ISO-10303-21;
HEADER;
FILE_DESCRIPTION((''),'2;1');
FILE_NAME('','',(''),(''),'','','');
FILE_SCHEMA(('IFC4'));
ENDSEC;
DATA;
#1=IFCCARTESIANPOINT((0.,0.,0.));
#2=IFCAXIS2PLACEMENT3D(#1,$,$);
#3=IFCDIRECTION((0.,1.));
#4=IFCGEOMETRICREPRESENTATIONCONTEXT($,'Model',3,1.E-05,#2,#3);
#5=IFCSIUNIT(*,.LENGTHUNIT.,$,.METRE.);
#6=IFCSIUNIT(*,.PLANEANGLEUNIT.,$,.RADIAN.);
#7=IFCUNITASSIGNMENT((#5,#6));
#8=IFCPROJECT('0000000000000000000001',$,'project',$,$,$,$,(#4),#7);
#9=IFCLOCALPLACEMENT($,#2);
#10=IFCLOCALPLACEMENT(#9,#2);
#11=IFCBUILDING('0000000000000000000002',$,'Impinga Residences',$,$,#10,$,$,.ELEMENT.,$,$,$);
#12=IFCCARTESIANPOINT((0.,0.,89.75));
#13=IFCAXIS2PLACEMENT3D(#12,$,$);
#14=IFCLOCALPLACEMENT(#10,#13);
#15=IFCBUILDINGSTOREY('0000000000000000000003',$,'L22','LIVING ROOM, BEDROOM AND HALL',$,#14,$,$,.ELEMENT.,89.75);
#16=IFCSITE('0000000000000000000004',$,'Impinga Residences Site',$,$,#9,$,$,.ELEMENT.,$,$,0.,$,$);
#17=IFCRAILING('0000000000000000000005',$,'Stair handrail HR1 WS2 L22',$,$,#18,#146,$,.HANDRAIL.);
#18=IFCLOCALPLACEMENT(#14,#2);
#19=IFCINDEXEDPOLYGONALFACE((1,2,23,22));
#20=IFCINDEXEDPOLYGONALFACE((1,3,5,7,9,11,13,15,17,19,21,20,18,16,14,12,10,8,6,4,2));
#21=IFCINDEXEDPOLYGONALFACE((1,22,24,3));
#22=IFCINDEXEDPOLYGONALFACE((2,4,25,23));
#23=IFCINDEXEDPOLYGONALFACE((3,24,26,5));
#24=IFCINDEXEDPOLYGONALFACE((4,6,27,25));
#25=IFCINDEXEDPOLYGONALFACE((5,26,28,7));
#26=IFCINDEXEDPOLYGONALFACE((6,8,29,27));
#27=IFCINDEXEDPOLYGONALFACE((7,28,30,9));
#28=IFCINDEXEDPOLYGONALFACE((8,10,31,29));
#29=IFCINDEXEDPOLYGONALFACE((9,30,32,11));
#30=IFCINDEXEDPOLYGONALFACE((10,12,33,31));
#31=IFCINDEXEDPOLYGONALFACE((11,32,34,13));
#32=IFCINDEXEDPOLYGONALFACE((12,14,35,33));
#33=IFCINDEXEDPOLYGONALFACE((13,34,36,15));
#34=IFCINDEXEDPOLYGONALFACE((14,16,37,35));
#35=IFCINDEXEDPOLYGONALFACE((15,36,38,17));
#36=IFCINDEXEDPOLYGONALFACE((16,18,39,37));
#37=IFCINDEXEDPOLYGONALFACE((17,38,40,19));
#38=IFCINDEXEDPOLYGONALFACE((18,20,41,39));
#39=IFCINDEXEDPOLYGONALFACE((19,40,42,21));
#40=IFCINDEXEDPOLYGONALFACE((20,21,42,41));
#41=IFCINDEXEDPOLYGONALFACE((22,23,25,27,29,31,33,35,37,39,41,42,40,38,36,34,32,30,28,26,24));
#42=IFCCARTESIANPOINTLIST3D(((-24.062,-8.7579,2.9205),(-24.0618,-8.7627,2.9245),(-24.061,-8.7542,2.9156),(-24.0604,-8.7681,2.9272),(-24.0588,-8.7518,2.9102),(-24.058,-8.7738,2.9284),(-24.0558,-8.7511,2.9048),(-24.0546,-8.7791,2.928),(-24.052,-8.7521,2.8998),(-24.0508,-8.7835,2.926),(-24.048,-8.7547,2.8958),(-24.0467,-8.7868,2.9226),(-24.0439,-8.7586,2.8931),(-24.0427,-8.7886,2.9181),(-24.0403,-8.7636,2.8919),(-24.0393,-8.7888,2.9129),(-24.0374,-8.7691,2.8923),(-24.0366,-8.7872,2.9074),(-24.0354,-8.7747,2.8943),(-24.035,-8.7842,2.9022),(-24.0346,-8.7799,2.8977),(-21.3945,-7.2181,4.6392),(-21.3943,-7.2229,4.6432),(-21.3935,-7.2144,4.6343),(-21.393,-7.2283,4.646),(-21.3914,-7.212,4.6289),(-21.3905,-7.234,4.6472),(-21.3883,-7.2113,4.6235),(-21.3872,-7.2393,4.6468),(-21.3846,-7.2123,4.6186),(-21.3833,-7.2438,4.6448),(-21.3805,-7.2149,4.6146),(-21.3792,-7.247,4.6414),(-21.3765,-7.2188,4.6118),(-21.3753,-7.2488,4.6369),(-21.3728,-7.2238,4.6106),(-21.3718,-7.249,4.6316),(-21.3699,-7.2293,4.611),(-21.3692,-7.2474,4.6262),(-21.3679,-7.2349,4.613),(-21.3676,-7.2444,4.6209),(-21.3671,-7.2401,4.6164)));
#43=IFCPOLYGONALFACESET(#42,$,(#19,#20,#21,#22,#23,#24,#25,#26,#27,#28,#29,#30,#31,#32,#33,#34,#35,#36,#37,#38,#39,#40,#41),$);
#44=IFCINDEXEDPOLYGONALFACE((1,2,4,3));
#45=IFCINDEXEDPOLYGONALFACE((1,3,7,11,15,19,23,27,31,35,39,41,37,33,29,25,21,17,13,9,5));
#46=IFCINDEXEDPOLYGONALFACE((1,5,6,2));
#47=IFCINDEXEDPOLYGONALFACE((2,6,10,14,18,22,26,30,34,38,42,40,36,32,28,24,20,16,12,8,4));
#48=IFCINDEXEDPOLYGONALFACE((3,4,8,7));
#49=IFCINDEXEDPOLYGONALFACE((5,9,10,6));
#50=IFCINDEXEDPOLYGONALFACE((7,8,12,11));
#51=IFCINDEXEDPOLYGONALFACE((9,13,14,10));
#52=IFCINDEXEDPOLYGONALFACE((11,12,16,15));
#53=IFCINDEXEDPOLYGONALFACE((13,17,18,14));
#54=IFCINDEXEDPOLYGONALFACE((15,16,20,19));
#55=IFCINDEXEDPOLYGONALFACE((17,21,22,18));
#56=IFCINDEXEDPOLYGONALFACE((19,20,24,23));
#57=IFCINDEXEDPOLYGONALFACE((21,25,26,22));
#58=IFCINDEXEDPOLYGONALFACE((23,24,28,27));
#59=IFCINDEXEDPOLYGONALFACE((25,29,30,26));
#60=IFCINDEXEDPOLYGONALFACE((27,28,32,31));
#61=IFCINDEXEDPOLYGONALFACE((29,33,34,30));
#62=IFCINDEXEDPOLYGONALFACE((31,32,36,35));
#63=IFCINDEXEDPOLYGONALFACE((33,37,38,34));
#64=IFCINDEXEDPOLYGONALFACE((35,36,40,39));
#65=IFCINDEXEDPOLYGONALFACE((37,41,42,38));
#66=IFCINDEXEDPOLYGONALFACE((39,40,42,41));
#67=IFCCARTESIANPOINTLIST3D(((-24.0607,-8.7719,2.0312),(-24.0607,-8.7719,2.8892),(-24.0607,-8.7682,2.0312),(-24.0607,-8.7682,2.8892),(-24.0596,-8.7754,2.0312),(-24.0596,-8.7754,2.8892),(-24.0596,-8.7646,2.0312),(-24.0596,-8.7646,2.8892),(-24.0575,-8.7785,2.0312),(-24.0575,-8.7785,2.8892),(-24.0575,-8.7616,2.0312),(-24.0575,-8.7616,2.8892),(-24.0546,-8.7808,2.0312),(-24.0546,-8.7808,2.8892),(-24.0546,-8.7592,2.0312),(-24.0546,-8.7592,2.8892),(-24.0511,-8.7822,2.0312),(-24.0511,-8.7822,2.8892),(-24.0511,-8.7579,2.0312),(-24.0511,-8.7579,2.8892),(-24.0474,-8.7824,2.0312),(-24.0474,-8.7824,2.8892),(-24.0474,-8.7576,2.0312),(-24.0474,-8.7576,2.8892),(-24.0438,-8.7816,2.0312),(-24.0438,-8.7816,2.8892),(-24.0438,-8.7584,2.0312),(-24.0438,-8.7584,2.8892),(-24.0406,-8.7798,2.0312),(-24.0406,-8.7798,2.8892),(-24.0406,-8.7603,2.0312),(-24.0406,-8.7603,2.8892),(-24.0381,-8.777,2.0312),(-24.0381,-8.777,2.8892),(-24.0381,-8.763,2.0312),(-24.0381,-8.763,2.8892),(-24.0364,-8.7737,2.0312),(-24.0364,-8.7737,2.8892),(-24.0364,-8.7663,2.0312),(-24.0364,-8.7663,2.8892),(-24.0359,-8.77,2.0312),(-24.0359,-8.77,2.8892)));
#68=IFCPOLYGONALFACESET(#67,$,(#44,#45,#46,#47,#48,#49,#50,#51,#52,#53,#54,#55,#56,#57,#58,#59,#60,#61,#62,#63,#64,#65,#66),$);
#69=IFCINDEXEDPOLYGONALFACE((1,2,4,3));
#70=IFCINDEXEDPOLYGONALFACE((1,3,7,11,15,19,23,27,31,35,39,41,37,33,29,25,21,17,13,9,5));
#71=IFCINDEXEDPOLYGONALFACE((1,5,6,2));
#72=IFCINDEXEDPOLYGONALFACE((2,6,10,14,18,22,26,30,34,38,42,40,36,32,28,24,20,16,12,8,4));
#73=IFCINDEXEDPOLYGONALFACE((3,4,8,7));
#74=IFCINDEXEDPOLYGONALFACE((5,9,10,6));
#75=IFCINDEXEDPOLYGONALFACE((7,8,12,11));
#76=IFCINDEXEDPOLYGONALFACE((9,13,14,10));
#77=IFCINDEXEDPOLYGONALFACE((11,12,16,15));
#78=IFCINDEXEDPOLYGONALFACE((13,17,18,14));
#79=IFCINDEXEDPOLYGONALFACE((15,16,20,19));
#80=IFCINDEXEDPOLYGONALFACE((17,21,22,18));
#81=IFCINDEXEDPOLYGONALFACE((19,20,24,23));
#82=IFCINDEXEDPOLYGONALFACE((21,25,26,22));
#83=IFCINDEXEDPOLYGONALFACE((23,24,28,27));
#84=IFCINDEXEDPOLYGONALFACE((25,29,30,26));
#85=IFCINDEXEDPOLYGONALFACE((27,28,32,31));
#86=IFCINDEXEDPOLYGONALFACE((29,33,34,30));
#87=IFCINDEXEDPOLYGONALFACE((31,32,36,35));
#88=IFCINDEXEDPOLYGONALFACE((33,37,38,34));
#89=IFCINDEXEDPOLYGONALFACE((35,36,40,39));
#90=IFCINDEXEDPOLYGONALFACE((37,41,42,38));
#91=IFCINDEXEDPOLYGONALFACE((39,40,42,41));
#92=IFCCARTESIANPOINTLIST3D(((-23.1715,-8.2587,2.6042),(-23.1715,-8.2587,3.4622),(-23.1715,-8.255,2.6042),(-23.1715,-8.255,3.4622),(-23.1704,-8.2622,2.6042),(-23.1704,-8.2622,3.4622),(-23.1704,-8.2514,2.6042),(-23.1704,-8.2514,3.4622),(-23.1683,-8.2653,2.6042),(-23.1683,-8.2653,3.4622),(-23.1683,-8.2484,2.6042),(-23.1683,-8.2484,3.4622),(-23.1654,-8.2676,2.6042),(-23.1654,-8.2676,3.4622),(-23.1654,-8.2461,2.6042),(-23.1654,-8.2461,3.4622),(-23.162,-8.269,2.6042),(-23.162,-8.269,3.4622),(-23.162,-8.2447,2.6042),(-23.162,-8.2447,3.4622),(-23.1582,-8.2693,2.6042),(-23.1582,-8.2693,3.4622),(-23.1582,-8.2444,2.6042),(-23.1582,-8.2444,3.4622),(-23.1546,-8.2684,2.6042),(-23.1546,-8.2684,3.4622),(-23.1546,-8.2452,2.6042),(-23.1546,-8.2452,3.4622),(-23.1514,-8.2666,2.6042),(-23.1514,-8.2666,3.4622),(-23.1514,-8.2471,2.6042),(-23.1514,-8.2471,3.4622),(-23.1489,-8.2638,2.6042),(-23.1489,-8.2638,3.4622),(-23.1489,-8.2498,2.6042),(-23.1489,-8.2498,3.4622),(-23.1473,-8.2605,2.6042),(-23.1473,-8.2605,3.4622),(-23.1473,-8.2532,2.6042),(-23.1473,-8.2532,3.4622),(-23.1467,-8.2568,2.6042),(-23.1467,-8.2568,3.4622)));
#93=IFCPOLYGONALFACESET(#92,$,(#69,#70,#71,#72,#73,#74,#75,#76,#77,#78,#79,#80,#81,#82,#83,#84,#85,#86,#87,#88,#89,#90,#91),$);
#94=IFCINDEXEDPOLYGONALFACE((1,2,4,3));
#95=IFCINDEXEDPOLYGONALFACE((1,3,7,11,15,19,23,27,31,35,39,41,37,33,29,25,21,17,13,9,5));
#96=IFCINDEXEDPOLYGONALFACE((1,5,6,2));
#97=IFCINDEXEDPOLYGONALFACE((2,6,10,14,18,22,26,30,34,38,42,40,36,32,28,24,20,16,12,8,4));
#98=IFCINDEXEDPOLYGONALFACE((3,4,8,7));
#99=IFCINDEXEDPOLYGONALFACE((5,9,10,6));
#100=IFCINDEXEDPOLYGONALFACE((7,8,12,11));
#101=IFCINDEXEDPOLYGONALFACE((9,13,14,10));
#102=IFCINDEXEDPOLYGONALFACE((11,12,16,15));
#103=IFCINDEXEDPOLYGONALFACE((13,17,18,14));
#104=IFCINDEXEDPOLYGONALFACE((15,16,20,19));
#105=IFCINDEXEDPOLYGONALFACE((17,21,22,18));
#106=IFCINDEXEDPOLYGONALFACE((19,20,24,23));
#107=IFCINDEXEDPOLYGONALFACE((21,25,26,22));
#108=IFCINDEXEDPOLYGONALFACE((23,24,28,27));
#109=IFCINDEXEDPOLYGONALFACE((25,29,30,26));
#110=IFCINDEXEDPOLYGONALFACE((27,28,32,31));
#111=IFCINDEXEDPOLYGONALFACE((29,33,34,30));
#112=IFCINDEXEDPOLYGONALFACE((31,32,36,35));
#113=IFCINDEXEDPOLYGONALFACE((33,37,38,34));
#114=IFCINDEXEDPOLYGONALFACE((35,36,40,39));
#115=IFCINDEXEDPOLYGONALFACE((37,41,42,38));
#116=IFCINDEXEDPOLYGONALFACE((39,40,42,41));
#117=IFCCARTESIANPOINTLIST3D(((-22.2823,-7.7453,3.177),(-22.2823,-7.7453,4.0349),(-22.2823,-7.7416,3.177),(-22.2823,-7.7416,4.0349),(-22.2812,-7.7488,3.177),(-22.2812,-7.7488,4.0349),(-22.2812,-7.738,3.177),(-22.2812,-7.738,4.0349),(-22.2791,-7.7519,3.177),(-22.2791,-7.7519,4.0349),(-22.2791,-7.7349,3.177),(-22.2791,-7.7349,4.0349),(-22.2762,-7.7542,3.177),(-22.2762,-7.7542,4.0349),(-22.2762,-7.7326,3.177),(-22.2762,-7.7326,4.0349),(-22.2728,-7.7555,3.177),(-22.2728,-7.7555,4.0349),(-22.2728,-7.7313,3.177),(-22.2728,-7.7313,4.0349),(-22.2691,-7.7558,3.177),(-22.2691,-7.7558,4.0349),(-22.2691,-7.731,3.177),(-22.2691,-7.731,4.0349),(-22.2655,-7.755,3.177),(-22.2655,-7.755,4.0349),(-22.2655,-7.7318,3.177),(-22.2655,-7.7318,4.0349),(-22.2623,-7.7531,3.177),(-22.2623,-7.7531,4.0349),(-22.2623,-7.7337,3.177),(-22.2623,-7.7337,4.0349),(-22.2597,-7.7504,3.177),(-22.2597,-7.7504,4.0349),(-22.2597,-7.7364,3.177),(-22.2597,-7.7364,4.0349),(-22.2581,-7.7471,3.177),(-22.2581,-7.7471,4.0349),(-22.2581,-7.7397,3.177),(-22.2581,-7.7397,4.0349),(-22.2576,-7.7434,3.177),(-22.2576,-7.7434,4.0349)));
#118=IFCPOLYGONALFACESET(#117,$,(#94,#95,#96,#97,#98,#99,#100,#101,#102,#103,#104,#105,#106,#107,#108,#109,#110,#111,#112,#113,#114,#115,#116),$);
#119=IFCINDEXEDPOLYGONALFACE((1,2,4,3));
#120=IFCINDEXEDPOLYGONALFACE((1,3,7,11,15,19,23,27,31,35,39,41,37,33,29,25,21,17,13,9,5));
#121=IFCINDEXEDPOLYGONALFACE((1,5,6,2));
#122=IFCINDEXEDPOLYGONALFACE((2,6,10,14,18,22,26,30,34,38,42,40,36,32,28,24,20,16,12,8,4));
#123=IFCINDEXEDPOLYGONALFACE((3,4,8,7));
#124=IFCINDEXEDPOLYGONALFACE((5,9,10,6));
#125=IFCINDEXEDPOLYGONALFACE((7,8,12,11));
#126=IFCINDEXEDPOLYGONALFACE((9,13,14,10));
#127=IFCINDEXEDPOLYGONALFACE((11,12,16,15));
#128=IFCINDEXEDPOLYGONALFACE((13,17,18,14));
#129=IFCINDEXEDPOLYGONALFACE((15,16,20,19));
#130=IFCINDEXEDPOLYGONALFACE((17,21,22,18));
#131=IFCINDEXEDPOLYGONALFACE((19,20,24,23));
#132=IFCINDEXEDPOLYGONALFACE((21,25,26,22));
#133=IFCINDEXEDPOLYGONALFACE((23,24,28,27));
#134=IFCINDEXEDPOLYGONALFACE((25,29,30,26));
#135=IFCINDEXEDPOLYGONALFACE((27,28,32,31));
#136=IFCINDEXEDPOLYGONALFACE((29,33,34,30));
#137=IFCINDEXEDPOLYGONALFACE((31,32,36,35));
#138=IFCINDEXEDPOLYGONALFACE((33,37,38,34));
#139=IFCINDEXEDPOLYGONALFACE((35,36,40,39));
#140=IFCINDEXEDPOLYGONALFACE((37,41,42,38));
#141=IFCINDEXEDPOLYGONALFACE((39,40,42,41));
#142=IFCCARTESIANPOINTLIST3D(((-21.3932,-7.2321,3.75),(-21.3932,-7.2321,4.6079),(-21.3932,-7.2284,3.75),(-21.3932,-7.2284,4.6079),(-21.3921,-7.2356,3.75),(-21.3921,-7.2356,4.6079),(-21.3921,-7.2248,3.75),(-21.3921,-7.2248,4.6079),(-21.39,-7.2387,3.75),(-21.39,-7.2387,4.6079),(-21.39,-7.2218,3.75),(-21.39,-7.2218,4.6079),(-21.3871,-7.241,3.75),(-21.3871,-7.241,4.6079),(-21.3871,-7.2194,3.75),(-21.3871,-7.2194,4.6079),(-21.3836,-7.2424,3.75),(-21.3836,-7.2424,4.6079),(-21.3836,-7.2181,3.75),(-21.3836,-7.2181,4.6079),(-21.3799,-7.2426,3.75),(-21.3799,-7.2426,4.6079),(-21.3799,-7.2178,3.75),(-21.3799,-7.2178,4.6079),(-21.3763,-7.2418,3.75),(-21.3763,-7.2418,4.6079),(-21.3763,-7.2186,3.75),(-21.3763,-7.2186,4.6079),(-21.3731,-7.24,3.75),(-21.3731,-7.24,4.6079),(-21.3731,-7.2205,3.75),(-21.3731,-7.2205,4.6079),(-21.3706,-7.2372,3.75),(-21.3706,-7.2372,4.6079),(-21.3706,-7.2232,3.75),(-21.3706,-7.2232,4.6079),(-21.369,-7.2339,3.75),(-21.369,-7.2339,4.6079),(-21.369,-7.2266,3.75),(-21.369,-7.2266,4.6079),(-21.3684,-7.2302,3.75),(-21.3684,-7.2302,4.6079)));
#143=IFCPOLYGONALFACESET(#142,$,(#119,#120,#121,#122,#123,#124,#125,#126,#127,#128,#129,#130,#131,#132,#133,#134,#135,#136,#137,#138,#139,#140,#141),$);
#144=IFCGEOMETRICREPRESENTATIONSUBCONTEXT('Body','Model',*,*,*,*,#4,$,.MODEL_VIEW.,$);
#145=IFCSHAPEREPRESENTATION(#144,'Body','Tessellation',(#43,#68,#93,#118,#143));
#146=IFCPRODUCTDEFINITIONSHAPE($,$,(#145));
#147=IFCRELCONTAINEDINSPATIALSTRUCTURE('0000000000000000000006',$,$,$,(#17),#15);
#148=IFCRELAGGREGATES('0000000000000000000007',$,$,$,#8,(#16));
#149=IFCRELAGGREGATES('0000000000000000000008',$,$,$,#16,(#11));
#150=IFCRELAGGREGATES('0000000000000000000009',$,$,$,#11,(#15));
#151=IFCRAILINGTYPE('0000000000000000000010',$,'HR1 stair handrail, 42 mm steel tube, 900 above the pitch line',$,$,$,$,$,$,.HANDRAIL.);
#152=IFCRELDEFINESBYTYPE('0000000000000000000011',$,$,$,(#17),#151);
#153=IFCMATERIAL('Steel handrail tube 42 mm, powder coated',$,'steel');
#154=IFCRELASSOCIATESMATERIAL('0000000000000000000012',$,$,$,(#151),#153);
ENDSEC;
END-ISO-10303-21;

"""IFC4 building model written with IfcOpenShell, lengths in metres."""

from ifc_helpers import new_model, si_unit, direction, frame, origin, origin_2d, place, context, subcontext, project, spatial, circle, extrude, material, type_object, element, save


model = new_model("IFC4")

# Units and contexts
model_context = context("Model", 3, precision=1e-05, world=origin(), true_north=direction((0.0, 1.0)))
body_context = subcontext(model_context, "Body", "Model", "MODEL_VIEW")
ifc_project = project(units=[si_unit("LENGTHUNIT", "METRE"), si_unit("PLANEANGLEUNIT", "RADIAN")], contexts=[model_context])

# Site, building, storey
site_placement = place(None, origin())
site = spatial("IfcSite", under=ifc_project, at=site_placement, Name="Impinga Residences Site", CompositionType="ELEMENT", RefElevation=0.0)
building_placement = place(site_placement, origin())
building = spatial("IfcBuilding", under=site, at=building_placement, Name="Impinga Residences", CompositionType="ELEMENT")
storey_placement = place(building_placement, frame((0.0, 0.0, 89.75)))
storey = spatial("IfcBuildingStorey", under=building, at=storey_placement, Name="L22", Description="LIVING ROOM, BEDROOM AND HALL", CompositionType="ELEMENT", Elevation=89.75)

# Railing
ifc_material_1 = material(Name="Steel handrail tube 42 mm, powder coated", Category="steel")
railing_type_1 = type_object("IfcRailingType", Name="HR1 stair handrail, 42 mm steel tube, 900 above the pitch line", PredefinedType="HANDRAIL", material=ifc_material_1)
railing_1_placement = place(storey_placement, frame((-24.0483, -8.77, 2.0312)))
element("IfcRailing", 1, at=railing_1_placement, inside=storey, type_object=railing_type_1, Name="Stair handrail HR1 WS2 L22", PredefinedType="HANDRAIL", context=body_context, shape_type="SweptSolid", body=[
    extrude(circle(Radius=0.021, at=origin_2d()), frame((0.0, 0.0, 0.8789), z_axis=(0.756279, 0.43656, 0.487297), x_axis=(-0.499933, 0.866064, 0.0)), (0.0, 0.0, 1.0), 3.5271),
    extrude(circle(Radius=0.0125, at=origin_2d()), origin(), (0.0, 0.0, 1.0), 0.8579),
    extrude(circle(Radius=0.0125, at=origin_2d()), frame((0.8892, 0.5132, 0.573)), (0.0, 0.0, 1.0), 0.8579),
    extrude(circle(Radius=0.0125, at=origin_2d()), frame((1.7783, 1.0266, 1.1458)), (0.0, 0.0, 1.0), 0.8579),
    extrude(circle(Radius=0.0125, at=origin_2d()), frame((2.6675, 1.5398, 1.7188)), (0.0, 0.0, 1.0), 0.8579),
])

save(model, "model.ifc")
